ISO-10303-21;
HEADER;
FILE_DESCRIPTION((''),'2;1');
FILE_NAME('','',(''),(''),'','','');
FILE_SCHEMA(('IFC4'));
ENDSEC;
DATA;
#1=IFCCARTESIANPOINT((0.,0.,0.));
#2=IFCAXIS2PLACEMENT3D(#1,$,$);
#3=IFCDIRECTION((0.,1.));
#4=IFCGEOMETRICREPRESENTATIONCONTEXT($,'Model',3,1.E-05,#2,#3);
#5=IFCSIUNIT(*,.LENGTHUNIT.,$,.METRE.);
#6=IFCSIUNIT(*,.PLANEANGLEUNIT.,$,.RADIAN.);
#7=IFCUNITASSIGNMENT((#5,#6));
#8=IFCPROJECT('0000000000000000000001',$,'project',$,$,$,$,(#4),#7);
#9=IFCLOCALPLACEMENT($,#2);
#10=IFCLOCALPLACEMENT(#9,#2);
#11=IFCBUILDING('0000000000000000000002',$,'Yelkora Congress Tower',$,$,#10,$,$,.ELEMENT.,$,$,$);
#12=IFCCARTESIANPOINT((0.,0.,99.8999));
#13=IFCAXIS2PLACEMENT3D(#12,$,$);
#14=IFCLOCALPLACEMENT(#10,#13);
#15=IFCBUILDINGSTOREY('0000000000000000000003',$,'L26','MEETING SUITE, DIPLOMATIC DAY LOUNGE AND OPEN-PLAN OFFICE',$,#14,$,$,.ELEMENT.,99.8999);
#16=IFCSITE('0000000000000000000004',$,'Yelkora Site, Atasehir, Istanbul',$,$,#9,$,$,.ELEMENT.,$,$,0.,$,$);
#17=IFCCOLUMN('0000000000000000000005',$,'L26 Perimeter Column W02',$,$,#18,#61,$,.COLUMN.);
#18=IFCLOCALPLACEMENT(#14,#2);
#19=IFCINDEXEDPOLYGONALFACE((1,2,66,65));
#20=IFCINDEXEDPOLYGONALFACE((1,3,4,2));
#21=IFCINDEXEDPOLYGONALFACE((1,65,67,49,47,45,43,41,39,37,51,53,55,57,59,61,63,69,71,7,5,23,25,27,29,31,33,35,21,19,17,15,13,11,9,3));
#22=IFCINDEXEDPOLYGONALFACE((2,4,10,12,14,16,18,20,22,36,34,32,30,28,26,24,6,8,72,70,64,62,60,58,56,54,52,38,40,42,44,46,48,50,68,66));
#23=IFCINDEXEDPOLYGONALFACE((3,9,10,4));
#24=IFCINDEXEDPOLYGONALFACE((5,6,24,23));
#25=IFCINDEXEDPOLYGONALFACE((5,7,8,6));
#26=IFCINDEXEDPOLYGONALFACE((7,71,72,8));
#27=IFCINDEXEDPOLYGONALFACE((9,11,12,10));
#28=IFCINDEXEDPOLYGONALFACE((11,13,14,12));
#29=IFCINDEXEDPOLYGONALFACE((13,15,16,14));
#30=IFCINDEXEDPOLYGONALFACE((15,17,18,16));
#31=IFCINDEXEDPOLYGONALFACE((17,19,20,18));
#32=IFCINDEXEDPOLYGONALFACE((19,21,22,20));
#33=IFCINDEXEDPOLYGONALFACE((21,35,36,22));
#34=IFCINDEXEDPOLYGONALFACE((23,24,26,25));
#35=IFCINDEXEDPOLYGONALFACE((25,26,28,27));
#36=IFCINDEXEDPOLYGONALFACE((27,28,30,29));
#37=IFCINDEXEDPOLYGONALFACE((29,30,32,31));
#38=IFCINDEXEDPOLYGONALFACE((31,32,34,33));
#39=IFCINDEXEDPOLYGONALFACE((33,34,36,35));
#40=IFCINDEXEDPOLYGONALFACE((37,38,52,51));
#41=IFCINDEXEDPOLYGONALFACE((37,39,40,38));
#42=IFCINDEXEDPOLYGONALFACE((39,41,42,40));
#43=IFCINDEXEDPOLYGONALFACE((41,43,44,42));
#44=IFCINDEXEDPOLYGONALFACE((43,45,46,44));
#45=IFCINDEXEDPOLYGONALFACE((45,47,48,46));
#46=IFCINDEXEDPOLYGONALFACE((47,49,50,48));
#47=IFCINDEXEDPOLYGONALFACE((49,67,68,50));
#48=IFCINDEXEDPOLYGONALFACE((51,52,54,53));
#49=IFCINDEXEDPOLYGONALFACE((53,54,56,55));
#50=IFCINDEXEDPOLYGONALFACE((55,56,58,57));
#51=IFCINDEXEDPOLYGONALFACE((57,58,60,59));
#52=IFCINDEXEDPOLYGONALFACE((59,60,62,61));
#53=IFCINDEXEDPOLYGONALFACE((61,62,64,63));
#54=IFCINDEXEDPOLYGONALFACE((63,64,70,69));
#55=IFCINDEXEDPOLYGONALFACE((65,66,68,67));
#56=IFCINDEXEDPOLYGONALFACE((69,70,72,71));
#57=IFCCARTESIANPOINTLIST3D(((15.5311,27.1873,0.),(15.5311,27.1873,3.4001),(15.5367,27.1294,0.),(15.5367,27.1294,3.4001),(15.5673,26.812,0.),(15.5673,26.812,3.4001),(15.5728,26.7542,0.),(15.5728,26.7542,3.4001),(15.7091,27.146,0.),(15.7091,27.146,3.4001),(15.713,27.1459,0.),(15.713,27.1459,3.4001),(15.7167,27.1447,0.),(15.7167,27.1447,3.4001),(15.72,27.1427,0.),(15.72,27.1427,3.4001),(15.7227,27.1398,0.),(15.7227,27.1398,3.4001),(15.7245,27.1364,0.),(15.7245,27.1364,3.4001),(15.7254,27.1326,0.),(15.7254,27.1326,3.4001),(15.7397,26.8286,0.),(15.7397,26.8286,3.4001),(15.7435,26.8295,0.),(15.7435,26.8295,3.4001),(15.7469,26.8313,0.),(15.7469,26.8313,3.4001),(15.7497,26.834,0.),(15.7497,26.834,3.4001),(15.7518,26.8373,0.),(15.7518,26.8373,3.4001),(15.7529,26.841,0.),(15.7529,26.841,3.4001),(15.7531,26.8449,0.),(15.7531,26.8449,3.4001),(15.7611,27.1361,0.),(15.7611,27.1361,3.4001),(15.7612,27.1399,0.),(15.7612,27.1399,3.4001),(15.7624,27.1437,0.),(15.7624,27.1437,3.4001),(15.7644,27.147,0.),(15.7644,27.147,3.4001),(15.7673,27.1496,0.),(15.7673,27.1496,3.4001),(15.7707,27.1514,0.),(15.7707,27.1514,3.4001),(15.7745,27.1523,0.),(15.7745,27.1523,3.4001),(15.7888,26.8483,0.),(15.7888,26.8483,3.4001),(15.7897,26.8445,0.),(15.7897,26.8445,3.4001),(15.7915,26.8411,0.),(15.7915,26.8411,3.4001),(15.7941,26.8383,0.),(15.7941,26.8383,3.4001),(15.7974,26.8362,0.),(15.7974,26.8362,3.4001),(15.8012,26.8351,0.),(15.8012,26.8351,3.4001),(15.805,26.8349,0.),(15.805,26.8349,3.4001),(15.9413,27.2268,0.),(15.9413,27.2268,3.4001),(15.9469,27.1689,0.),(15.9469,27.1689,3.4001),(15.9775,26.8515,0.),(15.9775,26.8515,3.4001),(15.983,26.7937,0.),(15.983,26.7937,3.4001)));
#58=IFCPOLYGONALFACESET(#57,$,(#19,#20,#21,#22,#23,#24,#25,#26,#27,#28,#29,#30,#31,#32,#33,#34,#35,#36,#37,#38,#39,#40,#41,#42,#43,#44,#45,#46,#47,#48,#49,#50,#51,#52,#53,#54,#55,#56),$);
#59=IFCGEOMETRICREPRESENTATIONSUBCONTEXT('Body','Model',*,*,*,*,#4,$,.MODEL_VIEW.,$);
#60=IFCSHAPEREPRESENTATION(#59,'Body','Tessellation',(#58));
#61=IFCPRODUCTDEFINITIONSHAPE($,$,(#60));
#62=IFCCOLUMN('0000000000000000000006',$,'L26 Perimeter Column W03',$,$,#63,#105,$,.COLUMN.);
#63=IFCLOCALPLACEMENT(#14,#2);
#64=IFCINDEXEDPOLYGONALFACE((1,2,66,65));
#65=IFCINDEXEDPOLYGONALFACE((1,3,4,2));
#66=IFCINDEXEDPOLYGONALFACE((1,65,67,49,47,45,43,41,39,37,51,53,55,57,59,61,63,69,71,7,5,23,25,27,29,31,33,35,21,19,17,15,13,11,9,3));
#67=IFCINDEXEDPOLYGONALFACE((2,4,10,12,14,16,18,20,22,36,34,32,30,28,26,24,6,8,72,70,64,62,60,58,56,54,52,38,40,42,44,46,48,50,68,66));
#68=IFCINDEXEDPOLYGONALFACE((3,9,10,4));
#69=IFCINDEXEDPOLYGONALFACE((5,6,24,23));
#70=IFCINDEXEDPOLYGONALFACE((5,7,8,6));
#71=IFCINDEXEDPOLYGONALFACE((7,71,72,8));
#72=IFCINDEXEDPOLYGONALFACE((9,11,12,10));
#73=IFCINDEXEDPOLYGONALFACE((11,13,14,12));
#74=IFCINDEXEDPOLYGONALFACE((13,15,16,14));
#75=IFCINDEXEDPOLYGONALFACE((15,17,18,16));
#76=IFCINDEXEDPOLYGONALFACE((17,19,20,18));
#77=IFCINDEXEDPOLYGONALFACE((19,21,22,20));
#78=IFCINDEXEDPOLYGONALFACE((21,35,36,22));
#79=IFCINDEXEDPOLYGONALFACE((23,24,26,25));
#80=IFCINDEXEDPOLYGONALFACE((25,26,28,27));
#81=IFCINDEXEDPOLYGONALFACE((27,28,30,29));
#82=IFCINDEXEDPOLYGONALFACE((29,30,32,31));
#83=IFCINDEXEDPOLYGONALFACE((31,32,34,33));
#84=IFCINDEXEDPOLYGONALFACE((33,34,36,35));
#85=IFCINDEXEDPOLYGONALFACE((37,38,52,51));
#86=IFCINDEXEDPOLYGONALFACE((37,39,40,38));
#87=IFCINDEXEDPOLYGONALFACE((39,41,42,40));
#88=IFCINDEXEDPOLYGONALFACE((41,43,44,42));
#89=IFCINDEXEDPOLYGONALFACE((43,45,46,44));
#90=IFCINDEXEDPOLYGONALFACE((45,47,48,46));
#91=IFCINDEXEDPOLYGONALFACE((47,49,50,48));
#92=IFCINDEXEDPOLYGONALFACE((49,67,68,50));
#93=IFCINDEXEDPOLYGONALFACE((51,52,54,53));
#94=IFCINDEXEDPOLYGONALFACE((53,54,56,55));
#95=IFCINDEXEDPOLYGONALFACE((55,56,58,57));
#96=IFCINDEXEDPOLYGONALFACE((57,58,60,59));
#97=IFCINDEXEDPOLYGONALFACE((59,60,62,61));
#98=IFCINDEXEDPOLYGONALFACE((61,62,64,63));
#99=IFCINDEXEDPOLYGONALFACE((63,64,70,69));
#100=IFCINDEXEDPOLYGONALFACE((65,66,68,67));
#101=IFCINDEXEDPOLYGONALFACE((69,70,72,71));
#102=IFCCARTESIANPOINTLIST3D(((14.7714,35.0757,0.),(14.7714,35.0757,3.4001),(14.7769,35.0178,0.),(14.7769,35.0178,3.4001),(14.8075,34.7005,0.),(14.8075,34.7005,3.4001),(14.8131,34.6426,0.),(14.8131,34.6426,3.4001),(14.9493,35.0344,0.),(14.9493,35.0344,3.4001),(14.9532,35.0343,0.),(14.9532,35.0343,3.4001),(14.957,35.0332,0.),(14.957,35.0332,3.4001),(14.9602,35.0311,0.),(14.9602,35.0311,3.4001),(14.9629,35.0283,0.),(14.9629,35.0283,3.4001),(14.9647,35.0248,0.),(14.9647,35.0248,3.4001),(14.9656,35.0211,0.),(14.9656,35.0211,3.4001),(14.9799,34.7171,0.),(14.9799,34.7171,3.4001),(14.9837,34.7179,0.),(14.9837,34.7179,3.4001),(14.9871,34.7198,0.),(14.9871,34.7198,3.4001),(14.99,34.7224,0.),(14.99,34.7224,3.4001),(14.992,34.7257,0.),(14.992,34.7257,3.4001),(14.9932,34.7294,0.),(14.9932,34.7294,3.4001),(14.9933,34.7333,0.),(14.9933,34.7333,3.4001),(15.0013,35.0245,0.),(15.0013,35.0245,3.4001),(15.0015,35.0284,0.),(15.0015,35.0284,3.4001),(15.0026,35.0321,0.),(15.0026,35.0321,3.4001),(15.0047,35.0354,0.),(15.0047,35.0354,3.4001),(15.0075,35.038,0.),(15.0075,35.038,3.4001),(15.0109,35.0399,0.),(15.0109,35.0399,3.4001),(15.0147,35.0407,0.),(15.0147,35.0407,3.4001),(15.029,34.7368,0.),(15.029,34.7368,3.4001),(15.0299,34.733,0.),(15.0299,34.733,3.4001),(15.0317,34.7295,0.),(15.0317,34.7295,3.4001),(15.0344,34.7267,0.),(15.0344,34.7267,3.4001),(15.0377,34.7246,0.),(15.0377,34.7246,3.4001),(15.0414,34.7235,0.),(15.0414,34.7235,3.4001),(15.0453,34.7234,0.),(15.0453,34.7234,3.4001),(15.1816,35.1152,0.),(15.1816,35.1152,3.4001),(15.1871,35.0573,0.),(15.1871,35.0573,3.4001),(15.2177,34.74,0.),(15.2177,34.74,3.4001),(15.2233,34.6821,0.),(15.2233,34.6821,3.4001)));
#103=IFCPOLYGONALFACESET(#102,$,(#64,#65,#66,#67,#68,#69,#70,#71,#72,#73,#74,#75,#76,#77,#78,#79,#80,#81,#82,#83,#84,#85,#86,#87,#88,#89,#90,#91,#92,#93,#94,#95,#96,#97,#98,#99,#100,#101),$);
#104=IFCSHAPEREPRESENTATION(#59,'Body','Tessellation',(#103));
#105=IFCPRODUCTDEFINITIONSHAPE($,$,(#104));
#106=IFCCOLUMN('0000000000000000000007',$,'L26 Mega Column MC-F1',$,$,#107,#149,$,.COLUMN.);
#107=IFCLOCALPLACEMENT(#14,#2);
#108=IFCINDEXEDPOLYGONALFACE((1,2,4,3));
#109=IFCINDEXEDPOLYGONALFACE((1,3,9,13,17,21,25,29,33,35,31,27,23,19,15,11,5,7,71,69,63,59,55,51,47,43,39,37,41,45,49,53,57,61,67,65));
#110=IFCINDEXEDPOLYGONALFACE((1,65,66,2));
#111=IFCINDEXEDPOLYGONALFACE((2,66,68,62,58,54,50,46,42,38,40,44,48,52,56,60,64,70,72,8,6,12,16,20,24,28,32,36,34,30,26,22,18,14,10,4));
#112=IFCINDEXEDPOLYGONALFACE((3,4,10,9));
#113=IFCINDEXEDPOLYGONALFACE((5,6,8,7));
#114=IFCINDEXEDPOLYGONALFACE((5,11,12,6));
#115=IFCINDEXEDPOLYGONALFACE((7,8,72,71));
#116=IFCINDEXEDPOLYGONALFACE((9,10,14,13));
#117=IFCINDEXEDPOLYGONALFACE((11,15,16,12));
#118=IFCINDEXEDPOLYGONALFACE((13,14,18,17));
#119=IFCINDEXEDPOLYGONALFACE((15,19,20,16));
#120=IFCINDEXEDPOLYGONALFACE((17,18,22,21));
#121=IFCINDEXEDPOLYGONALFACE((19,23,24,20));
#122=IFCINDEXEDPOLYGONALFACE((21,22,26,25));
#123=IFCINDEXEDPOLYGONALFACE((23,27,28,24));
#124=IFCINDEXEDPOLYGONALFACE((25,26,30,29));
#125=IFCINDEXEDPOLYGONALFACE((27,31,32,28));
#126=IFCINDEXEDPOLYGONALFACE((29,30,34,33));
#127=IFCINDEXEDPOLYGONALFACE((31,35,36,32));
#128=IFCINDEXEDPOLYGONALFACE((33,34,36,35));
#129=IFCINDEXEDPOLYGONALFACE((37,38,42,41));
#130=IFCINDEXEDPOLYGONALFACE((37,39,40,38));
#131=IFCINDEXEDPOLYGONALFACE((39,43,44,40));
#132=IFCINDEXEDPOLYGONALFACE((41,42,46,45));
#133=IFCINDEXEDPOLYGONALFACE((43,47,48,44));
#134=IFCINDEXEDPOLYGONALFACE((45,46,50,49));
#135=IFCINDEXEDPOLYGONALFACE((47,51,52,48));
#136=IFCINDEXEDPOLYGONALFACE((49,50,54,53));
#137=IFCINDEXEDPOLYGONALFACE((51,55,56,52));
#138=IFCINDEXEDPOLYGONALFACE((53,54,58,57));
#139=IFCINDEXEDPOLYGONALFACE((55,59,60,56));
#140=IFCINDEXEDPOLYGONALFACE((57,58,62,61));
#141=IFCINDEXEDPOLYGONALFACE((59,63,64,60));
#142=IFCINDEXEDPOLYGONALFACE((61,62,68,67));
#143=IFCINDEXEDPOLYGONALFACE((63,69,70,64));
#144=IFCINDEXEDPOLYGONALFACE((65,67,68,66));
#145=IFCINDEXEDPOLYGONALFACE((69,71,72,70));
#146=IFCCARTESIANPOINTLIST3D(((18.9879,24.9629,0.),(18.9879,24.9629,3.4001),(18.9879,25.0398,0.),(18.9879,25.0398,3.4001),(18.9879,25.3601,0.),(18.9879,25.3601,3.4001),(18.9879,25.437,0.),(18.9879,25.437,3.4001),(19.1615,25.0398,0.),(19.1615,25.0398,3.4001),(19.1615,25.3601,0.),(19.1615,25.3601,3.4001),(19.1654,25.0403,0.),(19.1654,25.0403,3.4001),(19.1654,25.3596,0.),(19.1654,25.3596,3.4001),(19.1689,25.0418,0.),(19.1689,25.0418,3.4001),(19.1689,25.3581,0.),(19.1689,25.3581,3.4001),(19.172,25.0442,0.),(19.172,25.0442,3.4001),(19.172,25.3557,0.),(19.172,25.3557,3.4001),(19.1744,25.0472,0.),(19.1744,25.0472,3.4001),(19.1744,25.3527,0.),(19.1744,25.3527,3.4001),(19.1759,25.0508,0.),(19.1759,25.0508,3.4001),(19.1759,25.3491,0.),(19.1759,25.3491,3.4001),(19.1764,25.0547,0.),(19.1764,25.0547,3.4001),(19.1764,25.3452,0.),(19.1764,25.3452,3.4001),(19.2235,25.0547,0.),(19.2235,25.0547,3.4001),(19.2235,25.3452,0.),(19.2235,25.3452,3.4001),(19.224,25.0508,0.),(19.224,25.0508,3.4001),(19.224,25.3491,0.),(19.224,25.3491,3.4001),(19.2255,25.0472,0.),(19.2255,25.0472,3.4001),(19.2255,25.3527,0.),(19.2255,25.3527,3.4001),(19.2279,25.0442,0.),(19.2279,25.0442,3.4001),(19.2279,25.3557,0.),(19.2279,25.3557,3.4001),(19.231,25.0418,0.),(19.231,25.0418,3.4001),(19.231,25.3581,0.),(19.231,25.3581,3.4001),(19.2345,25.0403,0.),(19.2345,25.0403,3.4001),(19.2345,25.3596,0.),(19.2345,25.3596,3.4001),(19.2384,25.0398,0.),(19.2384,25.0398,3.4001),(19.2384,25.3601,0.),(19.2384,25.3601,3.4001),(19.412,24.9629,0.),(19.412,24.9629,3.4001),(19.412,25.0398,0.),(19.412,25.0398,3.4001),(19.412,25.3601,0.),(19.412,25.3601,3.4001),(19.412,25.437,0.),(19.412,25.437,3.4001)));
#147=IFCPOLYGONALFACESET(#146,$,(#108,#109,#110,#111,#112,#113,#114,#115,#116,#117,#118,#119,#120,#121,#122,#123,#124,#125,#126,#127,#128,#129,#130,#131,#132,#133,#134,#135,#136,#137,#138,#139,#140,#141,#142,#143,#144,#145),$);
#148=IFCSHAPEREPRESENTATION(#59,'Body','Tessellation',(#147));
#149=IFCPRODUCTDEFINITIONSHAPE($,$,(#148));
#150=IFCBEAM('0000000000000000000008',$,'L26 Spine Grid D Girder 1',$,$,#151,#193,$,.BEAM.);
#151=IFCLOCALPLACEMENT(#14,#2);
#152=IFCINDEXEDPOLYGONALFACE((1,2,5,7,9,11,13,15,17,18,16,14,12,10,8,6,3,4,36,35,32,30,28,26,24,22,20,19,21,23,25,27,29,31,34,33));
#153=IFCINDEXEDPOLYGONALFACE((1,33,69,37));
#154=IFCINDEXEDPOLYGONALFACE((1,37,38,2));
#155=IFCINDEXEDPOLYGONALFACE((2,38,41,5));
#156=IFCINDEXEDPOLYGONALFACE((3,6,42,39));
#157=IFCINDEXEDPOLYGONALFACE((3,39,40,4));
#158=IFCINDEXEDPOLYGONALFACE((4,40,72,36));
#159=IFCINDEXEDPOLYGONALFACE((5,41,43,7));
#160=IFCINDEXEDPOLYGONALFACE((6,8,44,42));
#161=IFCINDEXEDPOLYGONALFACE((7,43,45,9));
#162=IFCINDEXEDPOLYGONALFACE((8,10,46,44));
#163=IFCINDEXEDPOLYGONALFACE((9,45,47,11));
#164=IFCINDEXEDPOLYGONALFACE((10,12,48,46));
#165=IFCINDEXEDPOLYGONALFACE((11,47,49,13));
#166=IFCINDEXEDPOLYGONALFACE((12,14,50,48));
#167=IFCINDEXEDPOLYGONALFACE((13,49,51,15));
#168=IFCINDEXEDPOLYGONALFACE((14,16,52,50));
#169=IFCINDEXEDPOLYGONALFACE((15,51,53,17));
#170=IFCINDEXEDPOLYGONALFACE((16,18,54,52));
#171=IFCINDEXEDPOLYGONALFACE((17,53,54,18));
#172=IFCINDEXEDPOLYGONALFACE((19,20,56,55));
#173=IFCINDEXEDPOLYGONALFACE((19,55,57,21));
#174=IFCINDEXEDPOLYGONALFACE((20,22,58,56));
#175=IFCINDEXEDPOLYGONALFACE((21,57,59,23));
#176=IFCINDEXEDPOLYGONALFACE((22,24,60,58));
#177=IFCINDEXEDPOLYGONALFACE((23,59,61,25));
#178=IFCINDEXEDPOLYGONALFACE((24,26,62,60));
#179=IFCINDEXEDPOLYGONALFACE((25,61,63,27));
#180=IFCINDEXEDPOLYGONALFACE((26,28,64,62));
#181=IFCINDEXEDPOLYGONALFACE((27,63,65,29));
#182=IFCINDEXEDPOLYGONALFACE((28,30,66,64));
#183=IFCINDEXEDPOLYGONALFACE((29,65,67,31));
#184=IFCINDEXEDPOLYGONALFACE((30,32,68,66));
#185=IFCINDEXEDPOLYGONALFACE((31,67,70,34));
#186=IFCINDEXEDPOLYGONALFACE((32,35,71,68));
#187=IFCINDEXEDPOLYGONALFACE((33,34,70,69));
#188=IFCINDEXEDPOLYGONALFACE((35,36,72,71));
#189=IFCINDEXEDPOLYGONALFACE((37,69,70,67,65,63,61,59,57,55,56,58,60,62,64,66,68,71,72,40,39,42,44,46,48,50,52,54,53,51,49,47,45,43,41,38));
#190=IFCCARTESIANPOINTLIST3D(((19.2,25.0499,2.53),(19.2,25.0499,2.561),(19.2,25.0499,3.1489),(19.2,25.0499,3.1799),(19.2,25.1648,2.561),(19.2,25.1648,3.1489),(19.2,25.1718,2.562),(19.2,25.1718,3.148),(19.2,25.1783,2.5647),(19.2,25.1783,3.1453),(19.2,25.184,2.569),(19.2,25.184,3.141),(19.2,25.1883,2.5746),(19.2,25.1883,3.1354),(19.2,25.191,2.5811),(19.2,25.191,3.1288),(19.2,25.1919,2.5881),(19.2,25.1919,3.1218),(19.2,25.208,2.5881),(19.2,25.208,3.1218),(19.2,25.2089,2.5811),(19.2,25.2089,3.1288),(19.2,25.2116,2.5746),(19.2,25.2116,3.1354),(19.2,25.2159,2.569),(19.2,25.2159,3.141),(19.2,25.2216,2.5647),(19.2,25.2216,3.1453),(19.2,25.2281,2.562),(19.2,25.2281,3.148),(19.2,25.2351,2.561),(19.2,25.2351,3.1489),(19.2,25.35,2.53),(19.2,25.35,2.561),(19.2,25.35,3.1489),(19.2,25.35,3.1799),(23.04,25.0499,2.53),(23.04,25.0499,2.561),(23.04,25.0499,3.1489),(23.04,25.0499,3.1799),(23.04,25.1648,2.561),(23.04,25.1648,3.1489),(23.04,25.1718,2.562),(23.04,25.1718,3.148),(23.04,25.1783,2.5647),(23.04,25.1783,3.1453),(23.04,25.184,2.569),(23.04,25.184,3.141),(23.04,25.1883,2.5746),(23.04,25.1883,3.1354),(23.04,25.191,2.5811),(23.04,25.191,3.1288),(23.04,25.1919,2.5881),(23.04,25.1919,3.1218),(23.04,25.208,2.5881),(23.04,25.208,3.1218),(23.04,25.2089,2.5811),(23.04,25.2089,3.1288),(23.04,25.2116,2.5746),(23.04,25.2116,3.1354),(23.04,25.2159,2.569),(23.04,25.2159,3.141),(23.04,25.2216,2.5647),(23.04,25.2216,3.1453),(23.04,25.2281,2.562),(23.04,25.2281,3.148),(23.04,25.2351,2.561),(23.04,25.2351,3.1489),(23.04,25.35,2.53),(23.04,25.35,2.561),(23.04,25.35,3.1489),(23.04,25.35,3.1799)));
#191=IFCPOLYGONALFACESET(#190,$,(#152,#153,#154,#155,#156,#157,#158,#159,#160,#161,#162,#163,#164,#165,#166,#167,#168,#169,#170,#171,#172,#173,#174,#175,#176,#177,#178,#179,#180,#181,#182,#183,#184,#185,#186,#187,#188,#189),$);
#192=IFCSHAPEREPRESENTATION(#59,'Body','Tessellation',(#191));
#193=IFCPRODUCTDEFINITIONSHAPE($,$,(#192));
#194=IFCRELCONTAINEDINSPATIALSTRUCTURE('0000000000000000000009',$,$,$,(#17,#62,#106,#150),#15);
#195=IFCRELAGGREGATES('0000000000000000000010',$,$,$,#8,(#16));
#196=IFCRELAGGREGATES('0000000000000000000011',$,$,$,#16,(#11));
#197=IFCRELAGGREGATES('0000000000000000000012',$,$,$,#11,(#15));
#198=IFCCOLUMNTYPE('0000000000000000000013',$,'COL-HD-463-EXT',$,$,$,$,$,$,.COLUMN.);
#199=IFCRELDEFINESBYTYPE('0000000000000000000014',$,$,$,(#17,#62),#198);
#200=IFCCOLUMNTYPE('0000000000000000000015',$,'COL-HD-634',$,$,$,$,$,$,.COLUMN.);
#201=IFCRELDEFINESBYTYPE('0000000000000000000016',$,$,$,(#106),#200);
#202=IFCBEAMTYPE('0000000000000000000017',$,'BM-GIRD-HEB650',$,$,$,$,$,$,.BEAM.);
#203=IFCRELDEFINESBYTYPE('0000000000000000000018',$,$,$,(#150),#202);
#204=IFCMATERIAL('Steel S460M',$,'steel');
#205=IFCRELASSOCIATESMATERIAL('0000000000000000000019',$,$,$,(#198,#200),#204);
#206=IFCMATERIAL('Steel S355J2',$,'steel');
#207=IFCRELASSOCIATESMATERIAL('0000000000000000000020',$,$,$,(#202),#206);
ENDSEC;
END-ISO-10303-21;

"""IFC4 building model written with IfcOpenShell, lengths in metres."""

from ifc_helpers import new_model, si_unit, direction, frame, origin, origin_2d, place, context, subcontext, project, spatial, i_section, extrude, material, material_profile, profile_set, type_object, element, save


model = new_model("IFC4")

# Units and contexts
model_context = context("Model", 3, precision=1e-05, world=origin(), true_north=direction((0.0, 1.0)))
body_context = subcontext(model_context, "Body", "Model", "MODEL_VIEW")
ifc_project = project(units=[si_unit("LENGTHUNIT", "METRE"), si_unit("PLANEANGLEUNIT", "RADIAN")], contexts=[model_context])

# Site, building, storey
site_placement = place(None, origin())
site = spatial("IfcSite", under=ifc_project, at=site_placement, Name="Yelkora Site, Atasehir, Istanbul", CompositionType="ELEMENT", RefElevation=0.0)
building_placement = place(site_placement, origin())
building = spatial("IfcBuilding", under=site, at=building_placement, Name="Yelkora Congress Tower", CompositionType="ELEMENT")
storey_placement = place(building_placement, frame((0.0, 0.0, 99.8999)))
storey = spatial("IfcBuildingStorey", under=building, at=storey_placement, Name="L26", Description="MEETING SUITE, DIPLOMATIC DAY LOUNGE AND OPEN-PLAN OFFICE", CompositionType="ELEMENT", Elevation=99.8999)

# Columns
ifc_material_1 = material(Name="Steel S460M", Category="steel")
ifc_material_profile_1 = material_profile(ifc_material_1, i_section(OverallWidth=0.4121, OverallDepth=0.4351, WebThickness=0.0359, FlangeThickness=0.0581, FilletRadius=0.0149, at=origin_2d()), Name="HD 400x463")
ifc_profile_set_1 = profile_set([ifc_material_profile_1], Name="Steel S460M")
column_type_1 = type_object("IfcColumnType", Name="COL-HD-463-EXT", PredefinedType="COLUMN", material=ifc_profile_set_1)
for number, where, z_axis, x_axis, name in (
    (1, (15.7571, 26.9905, 0.0), (0.0, 0.0, 1.0), (0.995396, 0.095846, 0.0), "L26 Perimeter Column W02"),
    (2, (14.9973, 34.8789, 0.0), (0.0, 0.0, 1.0), (0.995396, 0.095846, 0.0), "L26 Perimeter Column W03"),
):
    element("IfcColumn", number, at=place(storey_placement, frame(where, z_axis=z_axis, x_axis=x_axis)), inside=storey, type_object=column_type_1, Name=name, PredefinedType="COLUMN", context=body_context, shape_type="SweptSolid", body=[
        extrude(i_section(OverallWidth=0.4121, OverallDepth=0.4351, WebThickness=0.0359, FlangeThickness=0.0581, FilletRadius=0.0149, at=origin_2d()), origin(), (0.0, 0.0, 1.0), 3.4001),
    ])
ifc_material_profile_2 = material_profile(ifc_material_1, i_section(OverallWidth=0.4241, OverallDepth=0.4741, WebThickness=0.0471, FlangeThickness=0.0769, FilletRadius=0.0149, at=origin_2d()), Name="HD 400x634")
ifc_profile_set_2 = profile_set([ifc_material_profile_2], Name="Steel S460M")
column_type_2 = type_object("IfcColumnType", Name="COL-HD-634", PredefinedType="COLUMN", material=ifc_profile_set_2)
column_placement = place(storey_placement, frame((19.2, 25.2, 0.0), z_axis=(0.0, 0.0, 1.0), x_axis=(1.0, 0.0, 0.0)))
element("IfcColumn", 3, at=column_placement, inside=storey, type_object=column_type_2, Name="L26 Mega Column MC-F1", PredefinedType="COLUMN", context=body_context, shape_type="SweptSolid", body=[
    extrude(i_section(OverallWidth=0.4241, OverallDepth=0.4741, WebThickness=0.0471, FlangeThickness=0.0769, FilletRadius=0.0149, at=origin_2d()), origin(), (0.0, 0.0, 1.0), 3.4001),
])

# Beam
ifc_material_2 = material(Name="Steel S355J2", Category="steel")
ifc_material_profile_3 = material_profile(ifc_material_2, i_section(OverallWidth=0.3, OverallDepth=0.6499, WebThickness=0.0161, FlangeThickness=0.031, FilletRadius=0.0271, at=origin_2d()), Name="HEB 650")
ifc_profile_set_3 = profile_set([ifc_material_profile_3], Name="Steel S355J2")
beam_type_1 = type_object("IfcBeamType", Name="BM-GIRD-HEB650", PredefinedType="BEAM", material=ifc_profile_set_3)
beam_1_placement = place(storey_placement, frame((19.2, 25.2, 2.855), z_axis=(1.0, 0.0, 0.0), x_axis=(0.0, 1.0, 0.0)))
element("IfcBeam", 4, at=beam_1_placement, inside=storey, type_object=beam_type_1, Name="L26 Spine Grid D Girder 1", PredefinedType="BEAM", context=body_context, shape_type="SweptSolid", body=[
    extrude(i_section(OverallWidth=0.3, OverallDepth=0.6499, WebThickness=0.0161, FlangeThickness=0.031, FilletRadius=0.0271, at=origin_2d()), origin(), (0.0, 0.0, 1.0), 3.8401),
])

save(model, "model.ifc")
